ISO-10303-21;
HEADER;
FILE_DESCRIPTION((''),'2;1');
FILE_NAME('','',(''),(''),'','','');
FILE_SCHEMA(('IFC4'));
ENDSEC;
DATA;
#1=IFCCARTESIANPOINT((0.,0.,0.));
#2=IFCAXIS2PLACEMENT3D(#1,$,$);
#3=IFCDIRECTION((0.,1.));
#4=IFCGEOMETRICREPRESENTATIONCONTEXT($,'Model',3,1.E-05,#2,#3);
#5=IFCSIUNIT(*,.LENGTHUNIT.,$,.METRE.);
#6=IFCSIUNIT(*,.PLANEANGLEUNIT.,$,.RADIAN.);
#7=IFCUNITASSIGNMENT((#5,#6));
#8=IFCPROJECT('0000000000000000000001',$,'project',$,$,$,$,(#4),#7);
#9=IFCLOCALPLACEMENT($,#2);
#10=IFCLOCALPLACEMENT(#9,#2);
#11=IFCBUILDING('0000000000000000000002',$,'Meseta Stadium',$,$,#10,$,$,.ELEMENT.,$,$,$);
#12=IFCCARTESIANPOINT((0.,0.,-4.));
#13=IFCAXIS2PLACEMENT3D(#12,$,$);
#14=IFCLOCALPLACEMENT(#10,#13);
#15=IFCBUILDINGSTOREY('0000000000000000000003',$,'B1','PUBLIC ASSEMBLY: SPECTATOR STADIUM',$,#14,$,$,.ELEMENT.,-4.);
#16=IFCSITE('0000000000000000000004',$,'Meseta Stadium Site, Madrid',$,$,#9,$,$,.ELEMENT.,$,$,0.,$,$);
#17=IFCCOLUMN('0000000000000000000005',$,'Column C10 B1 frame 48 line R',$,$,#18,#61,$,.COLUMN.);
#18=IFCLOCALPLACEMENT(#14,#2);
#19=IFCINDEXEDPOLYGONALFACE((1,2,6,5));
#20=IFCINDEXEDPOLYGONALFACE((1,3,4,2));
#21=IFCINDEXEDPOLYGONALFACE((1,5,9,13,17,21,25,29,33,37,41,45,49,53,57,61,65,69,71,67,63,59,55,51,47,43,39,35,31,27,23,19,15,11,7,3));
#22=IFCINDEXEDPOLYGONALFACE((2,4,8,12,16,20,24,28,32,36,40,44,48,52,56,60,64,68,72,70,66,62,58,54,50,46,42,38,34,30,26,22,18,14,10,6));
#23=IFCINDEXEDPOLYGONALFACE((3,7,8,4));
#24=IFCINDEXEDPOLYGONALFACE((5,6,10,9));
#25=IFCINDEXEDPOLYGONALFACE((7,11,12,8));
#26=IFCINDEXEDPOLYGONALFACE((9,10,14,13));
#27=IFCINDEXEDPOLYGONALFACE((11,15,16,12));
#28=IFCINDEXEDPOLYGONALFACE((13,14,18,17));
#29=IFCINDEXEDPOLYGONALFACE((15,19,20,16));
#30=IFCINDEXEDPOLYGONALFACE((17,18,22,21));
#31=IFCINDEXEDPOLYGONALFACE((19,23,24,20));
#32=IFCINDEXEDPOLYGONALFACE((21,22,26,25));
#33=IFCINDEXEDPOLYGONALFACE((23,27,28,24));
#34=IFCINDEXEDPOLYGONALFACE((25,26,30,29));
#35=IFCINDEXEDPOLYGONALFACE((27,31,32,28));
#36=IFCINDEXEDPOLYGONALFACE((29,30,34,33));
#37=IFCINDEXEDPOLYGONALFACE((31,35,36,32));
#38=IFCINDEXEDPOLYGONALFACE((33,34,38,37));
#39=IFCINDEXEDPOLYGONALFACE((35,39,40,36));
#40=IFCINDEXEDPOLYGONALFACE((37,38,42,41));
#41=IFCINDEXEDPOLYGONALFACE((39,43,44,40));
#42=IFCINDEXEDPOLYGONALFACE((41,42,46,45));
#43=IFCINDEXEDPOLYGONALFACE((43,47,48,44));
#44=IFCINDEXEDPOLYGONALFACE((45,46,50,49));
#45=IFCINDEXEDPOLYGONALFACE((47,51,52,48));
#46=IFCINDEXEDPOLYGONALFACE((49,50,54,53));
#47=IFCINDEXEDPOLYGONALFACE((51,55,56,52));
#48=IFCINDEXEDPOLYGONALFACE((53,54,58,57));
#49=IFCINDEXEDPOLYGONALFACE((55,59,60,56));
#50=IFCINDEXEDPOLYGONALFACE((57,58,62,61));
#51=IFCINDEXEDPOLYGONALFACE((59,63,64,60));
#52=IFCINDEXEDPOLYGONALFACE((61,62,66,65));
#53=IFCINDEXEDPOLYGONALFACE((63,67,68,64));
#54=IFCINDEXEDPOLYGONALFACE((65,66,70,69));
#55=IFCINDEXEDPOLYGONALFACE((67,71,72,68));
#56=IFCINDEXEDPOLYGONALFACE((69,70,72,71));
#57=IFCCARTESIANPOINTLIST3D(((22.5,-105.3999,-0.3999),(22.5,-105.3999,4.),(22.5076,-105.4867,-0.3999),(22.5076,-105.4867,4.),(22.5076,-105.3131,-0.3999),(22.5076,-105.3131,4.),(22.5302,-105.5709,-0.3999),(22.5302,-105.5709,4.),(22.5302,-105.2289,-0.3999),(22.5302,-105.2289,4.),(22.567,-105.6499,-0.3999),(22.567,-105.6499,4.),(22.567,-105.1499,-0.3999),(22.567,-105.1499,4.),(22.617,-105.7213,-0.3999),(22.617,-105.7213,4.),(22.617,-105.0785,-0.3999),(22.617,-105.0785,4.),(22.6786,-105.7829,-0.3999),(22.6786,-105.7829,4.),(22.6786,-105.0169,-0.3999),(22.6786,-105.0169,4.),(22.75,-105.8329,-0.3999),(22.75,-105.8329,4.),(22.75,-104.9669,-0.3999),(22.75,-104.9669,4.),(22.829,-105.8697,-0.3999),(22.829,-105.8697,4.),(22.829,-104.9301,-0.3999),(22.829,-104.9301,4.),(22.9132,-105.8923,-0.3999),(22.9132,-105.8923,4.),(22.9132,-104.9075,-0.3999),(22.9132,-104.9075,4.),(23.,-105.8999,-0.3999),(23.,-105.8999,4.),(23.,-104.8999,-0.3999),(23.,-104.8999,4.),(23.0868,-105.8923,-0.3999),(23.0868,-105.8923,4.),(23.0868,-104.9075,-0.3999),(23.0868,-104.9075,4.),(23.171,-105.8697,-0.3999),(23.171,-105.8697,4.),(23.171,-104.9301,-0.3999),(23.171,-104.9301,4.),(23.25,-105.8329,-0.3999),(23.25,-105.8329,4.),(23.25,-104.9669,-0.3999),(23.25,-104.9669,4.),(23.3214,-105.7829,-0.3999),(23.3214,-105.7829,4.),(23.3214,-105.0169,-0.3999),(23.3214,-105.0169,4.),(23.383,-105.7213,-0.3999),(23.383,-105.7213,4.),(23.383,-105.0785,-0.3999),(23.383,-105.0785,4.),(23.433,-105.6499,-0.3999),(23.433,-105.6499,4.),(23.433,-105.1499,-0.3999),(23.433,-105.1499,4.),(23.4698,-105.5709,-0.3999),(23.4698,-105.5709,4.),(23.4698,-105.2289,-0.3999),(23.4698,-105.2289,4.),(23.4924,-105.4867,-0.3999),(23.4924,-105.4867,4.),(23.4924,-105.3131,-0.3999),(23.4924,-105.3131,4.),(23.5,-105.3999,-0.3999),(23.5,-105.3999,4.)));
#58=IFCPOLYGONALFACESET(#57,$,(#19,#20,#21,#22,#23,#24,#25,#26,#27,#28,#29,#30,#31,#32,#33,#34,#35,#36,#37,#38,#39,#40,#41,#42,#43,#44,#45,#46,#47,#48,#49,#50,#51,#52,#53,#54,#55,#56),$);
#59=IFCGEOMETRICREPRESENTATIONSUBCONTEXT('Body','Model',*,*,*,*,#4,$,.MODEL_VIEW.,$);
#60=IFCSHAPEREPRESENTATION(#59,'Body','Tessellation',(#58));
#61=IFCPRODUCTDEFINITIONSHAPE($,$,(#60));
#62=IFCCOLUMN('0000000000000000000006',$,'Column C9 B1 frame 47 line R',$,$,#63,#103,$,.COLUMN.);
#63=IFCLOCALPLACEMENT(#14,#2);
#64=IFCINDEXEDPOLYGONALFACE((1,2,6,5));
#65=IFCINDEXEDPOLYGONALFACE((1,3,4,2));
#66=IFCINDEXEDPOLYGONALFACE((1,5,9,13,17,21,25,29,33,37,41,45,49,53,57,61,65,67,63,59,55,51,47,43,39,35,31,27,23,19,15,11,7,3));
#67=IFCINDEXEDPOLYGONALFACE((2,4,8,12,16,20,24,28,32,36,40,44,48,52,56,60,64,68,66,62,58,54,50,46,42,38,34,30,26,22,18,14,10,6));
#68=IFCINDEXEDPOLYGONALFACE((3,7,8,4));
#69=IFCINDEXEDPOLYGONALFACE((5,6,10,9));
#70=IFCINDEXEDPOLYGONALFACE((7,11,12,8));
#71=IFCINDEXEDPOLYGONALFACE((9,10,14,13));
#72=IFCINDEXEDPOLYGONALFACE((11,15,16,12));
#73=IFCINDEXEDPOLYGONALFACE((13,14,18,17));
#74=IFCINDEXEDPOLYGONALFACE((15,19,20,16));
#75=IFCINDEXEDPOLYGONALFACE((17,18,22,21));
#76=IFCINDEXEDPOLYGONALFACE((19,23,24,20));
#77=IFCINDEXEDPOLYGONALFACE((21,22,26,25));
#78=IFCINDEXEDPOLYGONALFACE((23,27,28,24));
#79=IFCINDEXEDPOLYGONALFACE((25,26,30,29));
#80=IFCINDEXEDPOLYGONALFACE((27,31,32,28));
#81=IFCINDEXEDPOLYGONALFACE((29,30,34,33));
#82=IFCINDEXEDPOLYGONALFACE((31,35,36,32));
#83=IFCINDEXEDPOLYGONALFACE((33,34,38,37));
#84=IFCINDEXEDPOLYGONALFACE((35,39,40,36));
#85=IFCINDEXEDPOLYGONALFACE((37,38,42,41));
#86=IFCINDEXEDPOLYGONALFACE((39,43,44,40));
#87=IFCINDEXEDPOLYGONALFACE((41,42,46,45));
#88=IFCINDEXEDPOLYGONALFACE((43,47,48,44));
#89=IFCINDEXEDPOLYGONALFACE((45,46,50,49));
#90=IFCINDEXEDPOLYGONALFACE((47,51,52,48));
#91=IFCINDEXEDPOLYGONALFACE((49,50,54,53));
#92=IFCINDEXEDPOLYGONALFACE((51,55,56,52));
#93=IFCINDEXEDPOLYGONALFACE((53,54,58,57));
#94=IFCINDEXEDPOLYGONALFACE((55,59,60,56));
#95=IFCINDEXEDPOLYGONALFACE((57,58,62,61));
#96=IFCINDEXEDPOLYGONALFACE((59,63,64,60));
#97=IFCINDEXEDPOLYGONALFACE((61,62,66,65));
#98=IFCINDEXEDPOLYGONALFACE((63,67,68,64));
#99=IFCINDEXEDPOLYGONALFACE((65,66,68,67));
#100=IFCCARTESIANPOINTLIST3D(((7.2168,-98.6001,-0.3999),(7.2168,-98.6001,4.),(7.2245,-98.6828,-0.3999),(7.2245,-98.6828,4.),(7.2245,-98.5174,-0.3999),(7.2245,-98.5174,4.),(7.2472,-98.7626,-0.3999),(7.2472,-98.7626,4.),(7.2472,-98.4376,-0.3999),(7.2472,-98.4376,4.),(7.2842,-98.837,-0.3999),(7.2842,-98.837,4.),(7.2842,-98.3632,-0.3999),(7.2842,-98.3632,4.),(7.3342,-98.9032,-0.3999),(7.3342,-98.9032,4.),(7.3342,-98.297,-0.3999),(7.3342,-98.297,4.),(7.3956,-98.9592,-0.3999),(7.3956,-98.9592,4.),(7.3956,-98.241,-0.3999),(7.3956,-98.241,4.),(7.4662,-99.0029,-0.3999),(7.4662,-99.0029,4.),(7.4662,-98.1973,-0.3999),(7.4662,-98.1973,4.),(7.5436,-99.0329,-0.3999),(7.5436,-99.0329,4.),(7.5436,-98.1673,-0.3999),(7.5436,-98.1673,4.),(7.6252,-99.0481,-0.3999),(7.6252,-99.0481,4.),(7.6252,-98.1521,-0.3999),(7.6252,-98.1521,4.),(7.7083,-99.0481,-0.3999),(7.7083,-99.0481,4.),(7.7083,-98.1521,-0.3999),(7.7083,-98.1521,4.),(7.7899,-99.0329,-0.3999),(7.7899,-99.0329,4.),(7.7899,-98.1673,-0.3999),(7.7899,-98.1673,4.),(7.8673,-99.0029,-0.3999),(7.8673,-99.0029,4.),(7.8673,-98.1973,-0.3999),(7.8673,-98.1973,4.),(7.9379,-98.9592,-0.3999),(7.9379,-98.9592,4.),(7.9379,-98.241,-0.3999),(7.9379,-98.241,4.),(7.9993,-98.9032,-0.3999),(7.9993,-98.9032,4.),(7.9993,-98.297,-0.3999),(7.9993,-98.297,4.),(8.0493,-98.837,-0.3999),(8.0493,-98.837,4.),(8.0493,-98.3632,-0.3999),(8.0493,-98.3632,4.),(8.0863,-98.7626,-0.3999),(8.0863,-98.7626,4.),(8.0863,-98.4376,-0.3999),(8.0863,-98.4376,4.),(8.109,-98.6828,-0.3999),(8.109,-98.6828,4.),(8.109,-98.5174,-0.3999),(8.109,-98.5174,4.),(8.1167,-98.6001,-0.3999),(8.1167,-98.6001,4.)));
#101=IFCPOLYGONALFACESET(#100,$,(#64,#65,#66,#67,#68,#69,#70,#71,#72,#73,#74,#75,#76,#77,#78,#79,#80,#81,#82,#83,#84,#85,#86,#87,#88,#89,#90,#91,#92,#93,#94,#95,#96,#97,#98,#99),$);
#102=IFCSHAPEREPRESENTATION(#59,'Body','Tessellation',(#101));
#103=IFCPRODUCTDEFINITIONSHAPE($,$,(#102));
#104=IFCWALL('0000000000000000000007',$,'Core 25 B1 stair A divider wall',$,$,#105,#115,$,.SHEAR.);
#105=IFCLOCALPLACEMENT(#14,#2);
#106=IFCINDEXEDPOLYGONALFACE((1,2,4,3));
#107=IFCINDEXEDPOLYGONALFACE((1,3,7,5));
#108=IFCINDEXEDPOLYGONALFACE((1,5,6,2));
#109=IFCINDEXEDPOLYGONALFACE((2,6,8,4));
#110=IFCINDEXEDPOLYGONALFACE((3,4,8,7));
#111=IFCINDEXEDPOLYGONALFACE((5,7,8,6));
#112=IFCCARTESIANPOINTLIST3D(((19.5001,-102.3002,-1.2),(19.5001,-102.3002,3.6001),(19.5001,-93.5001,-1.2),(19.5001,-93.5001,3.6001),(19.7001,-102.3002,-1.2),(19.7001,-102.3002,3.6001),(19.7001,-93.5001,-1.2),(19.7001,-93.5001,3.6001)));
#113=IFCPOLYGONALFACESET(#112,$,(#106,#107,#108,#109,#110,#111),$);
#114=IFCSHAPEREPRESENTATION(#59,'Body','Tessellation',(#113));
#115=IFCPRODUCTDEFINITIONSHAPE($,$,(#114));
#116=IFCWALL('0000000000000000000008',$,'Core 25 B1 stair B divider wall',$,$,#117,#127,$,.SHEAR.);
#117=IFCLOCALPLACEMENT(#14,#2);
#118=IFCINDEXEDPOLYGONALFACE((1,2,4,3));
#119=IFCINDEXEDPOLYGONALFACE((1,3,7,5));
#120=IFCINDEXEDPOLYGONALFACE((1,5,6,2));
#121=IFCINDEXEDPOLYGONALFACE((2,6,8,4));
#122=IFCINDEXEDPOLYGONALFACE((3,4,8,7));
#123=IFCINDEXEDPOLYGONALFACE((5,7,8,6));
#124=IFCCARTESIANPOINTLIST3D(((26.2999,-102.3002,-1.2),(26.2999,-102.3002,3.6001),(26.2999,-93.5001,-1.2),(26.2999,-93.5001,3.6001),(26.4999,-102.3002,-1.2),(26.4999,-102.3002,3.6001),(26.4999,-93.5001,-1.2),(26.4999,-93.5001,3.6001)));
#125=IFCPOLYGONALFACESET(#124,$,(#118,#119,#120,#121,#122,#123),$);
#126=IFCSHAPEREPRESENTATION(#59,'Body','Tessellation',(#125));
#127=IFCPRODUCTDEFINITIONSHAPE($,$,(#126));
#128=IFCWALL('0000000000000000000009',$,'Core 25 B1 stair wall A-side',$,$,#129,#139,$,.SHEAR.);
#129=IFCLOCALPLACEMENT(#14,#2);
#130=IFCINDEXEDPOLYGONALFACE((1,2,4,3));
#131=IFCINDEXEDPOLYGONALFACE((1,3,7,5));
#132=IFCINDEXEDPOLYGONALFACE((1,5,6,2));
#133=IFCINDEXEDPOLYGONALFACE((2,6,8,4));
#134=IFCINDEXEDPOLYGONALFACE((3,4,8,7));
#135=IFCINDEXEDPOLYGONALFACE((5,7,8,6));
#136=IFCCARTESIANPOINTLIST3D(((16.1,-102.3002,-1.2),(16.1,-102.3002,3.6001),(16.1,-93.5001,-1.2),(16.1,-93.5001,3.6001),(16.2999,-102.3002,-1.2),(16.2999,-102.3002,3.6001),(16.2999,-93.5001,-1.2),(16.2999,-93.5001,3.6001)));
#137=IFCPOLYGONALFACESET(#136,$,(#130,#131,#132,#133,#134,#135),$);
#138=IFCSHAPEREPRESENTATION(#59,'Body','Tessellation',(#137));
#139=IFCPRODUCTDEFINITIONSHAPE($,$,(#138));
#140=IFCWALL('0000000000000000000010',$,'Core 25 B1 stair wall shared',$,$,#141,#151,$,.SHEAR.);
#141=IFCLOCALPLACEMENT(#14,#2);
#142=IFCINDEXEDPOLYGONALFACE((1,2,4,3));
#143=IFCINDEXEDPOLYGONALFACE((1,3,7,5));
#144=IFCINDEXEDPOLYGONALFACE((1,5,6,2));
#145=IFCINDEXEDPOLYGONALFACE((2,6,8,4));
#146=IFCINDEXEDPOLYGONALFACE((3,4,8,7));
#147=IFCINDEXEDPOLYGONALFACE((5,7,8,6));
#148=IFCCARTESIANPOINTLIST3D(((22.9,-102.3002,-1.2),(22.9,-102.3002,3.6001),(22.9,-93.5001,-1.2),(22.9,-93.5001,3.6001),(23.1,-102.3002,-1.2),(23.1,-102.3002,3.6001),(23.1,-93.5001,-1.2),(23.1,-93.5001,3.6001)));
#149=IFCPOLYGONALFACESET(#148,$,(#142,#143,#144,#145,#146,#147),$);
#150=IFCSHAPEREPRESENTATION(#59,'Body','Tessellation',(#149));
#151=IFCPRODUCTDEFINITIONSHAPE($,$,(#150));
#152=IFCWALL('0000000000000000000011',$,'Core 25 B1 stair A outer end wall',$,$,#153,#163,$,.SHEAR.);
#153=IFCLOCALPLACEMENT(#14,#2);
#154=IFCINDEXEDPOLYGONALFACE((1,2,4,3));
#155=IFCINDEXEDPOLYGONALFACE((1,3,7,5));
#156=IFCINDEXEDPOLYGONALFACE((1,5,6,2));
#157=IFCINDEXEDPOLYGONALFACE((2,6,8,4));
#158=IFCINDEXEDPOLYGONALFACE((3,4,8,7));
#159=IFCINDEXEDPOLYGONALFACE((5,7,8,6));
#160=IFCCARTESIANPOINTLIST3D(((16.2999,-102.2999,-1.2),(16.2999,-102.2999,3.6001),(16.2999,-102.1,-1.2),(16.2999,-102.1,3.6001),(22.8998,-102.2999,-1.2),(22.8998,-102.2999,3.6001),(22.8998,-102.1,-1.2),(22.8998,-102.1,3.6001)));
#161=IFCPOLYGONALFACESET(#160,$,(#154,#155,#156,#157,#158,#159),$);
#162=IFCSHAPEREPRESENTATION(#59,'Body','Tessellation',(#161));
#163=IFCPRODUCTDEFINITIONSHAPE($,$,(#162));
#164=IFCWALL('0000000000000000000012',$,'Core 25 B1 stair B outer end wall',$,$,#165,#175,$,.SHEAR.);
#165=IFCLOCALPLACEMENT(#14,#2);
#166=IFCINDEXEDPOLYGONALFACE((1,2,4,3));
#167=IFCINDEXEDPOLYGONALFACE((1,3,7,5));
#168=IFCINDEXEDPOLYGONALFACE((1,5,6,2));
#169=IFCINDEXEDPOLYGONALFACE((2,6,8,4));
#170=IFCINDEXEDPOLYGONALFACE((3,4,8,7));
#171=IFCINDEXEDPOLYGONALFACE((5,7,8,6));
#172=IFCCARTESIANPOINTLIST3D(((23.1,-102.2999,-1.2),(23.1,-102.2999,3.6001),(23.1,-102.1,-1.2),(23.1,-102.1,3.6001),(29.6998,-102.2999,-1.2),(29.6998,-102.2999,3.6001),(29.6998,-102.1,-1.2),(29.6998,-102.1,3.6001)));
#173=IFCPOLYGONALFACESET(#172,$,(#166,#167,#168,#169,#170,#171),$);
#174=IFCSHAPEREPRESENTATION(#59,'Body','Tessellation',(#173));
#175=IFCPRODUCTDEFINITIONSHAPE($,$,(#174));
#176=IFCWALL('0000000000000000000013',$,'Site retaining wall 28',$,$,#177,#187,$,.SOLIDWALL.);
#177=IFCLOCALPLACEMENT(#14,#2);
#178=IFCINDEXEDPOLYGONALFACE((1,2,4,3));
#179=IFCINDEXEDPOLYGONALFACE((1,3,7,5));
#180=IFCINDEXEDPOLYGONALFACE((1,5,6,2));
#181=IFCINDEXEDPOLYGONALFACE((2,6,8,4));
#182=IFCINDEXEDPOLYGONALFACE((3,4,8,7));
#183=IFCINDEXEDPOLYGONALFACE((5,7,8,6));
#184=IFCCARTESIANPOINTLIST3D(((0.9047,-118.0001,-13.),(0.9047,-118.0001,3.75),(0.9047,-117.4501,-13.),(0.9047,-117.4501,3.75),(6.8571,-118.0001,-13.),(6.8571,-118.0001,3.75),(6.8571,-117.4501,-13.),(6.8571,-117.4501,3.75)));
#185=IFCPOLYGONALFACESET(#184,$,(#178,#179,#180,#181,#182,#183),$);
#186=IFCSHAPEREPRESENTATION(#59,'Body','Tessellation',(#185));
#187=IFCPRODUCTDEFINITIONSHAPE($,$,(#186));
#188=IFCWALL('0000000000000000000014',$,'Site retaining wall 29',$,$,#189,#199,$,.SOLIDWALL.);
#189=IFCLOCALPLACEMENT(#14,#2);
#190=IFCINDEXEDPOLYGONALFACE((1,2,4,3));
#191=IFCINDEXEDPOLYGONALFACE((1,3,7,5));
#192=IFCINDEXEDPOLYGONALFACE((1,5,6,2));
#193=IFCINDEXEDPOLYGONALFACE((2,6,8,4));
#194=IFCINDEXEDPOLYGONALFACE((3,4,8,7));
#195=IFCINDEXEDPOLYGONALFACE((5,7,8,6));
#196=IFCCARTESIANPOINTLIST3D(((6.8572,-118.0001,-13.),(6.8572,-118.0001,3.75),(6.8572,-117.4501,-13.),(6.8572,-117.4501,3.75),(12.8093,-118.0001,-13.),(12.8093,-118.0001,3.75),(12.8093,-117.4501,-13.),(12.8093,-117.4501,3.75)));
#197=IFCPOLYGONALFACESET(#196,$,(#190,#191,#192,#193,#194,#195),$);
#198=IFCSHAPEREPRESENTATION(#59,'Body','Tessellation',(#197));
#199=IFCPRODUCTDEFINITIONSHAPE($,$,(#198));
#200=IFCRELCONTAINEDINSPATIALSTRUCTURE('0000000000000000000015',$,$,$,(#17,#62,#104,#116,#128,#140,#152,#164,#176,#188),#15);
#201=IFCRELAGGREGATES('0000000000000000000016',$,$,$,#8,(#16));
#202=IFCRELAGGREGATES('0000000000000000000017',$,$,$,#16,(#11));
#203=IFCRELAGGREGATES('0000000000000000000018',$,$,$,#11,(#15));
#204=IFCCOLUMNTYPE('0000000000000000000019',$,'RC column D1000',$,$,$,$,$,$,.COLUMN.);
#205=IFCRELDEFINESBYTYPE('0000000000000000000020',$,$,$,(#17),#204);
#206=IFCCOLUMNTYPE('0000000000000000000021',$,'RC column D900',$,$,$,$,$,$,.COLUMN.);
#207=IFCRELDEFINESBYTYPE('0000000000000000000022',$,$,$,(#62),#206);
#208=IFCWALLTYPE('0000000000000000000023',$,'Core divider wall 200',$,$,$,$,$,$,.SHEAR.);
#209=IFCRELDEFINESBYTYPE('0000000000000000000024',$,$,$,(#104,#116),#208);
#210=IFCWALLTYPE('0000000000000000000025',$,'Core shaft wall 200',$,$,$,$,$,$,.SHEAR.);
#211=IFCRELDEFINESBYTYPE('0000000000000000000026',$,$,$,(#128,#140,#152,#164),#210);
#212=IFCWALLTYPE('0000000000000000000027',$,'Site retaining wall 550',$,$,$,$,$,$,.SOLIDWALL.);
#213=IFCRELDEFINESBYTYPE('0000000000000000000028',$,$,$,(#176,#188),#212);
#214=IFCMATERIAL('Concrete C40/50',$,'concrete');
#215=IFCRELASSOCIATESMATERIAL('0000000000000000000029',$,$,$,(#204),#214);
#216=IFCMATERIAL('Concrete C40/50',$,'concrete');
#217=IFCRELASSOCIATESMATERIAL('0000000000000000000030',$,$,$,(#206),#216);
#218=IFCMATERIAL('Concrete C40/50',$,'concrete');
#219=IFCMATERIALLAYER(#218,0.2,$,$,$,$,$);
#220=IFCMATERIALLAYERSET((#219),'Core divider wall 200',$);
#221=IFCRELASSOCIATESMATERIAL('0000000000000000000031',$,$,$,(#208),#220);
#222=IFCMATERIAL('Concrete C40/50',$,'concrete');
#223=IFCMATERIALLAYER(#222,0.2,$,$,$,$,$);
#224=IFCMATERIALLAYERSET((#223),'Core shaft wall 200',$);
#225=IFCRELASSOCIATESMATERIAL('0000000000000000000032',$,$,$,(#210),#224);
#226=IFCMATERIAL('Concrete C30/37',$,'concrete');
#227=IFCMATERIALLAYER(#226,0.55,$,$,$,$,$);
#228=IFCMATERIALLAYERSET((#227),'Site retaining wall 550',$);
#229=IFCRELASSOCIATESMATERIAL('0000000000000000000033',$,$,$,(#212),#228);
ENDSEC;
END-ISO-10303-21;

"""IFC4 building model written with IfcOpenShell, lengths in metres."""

from ifc_helpers import new_model, si_unit, direction, frame, frame_2d, origin, origin_2d, place, context, subcontext, project, spatial, rectangle, circle, extrude, material, layer, layer_set, material_profile, profile_set, type_object, element, save


model = new_model("IFC4")

# Units and contexts
model_context = context("Model", 3, precision=1e-05, world=origin(), true_north=direction((0.0, 1.0)))
body_context = subcontext(model_context, "Body", "Model", "MODEL_VIEW")
ifc_project = project(units=[si_unit("LENGTHUNIT", "METRE"), si_unit("PLANEANGLEUNIT", "RADIAN")], contexts=[model_context])

# Site, building, storey
site_placement = place(None, origin())
site = spatial("IfcSite", under=ifc_project, at=site_placement, Name="Meseta Stadium Site, Madrid", CompositionType="ELEMENT", RefElevation=0.0)
building_placement = place(site_placement, origin())
building = spatial("IfcBuilding", under=site, at=building_placement, Name="Meseta Stadium", CompositionType="ELEMENT")
storey_placement = place(building_placement, frame((0.0, 0.0, -4.0)))
storey = spatial("IfcBuildingStorey", under=building, at=storey_placement, Name="B1", Description="PUBLIC ASSEMBLY: SPECTATOR STADIUM", CompositionType="ELEMENT", Elevation=-4.0)

# Columns
ifc_material_1 = material(Name="Concrete C40/50", Category="concrete")
ifc_material_profile_1 = material_profile(ifc_material_1, circle(Radius=0.5, at=origin_2d()), Name="RC D1000")
ifc_profile_set_1 = profile_set([ifc_material_profile_1], Name="Concrete C40/50")
column_type_1 = type_object("IfcColumnType", Name="RC column D1000", PredefinedType="COLUMN", material=ifc_profile_set_1)
column_1_placement = place(storey_placement, frame((23.0, -105.3999, -0.3999), z_axis=(0.0, 0.0, 1.0), x_axis=(1.0, 0.0, 0.0)))
element("IfcColumn", 1, at=column_1_placement, inside=storey, type_object=column_type_1, Name="Column C10 B1 frame 48 line R", PredefinedType="COLUMN", context=body_context, shape_type="SweptSolid", body=[
    extrude(circle(Radius=0.5, at=origin_2d()), origin(), (0.0, 0.0, 1.0), 4.3999),
])
ifc_material_2 = material(Name="Concrete C40/50", Category="concrete")
ifc_material_profile_2 = material_profile(ifc_material_2, circle(Radius=0.45, at=origin_2d()), Name="RC D900")
ifc_profile_set_2 = profile_set([ifc_material_profile_2], Name="Concrete C40/50")
column_type_2 = type_object("IfcColumnType", Name="RC column D900", PredefinedType="COLUMN", material=ifc_profile_set_2)
column_2_placement = place(storey_placement, frame((7.6667, -98.6001, -0.3999), z_axis=(0.0, 0.0, 1.0), x_axis=(1.0, 0.0, 0.0)))
element("IfcColumn", 2, at=column_2_placement, inside=storey, type_object=column_type_2, Name="Column C9 B1 frame 47 line R", PredefinedType="COLUMN", context=body_context, shape_type="SweptSolid", body=[
    extrude(circle(Radius=0.45, at=origin_2d()), origin(), (0.0, 0.0, 1.0), 4.3999),
])

# Walls
ifc_material_3 = material(Name="Concrete C40/50", Category="concrete")
ifc_layer_1 = layer(ifc_material_3, 0.2)
ifc_layer_set_1 = layer_set([ifc_layer_1], Name="Core divider wall 200")
wall_type_1 = type_object("IfcWallType", Name="Core divider wall 200", PredefinedType="SHEAR", material=ifc_layer_set_1)
for number, where, z_axis, x_axis, name in (
    (3, (19.6001, -102.3, -1.2), (0.0, 0.0, 1.0), (0.0, 1.0, 0.0), "Core 25 B1 stair A divider wall"),
    (4, (26.3999, -102.3, -1.2), (0.0, 0.0, 1.0), (0.0, 1.0, 0.0), "Core 25 B1 stair B divider wall"),
):
    element("IfcWall", number, at=place(storey_placement, frame(where, z_axis=z_axis, x_axis=x_axis)), inside=storey, type_object=wall_type_1, Name=name, PredefinedType="SHEAR", context=body_context, shape_type="SweptSolid", body=[
        extrude(rectangle(XDim=8.8, YDim=0.2, at=frame_2d((4.3999, 0.0))), origin(), (0.0, 0.0, 1.0), 4.8),
    ])
ifc_material_4 = material(Name="Concrete C40/50", Category="concrete")
ifc_layer_2 = layer(ifc_material_4, 0.2)
ifc_layer_set_2 = layer_set([ifc_layer_2], Name="Core shaft wall 200")
wall_type_2 = type_object("IfcWallType", Name="Core shaft wall 200", PredefinedType="SHEAR", material=ifc_layer_set_2)
for number, where, z_axis, x_axis, name in (
    (5, (16.2, -102.3, -1.2), (0.0, 0.0, 1.0), (0.0, 1.0, 0.0), "Core 25 B1 stair wall A-side"),
    (6, (23.0, -102.3, -1.2), (0.0, 0.0, 1.0), (0.0, 1.0, 0.0), "Core 25 B1 stair wall shared"),
):
    element("IfcWall", number, at=place(storey_placement, frame(where, z_axis=z_axis, x_axis=x_axis)), inside=storey, type_object=wall_type_2, Name=name, PredefinedType="SHEAR", context=body_context, shape_type="SweptSolid", body=[
        extrude(rectangle(XDim=8.8, YDim=0.2, at=frame_2d((4.3999, 0.0))), origin(), (0.0, 0.0, 1.0), 4.8),
    ])
for number, where, z_axis, x_axis, name in (
    (7, (16.3, -102.2, -1.2), (0.0, 0.0, 1.0), (1.0, 0.0, 0.0), "Core 25 B1 stair A outer end wall"),
    (8, (23.1001, -102.2, -1.2), (0.0, 0.0, 1.0), (1.0, 0.0, 0.0), "Core 25 B1 stair B outer end wall"),
):
    element("IfcWall", number, at=place(storey_placement, frame(where, z_axis=z_axis, x_axis=x_axis)), inside=storey, type_object=wall_type_2, Name=name, PredefinedType="SHEAR", context=body_context, shape_type="SweptSolid", body=[
        extrude(rectangle(XDim=6.5999, YDim=0.2, at=frame_2d((3.2998, 0.0))), origin(), (0.0, 0.0, 1.0), 4.8),
    ])
ifc_material_5 = material(Name="Concrete C30/37", Category="concrete")
ifc_layer_3 = layer(ifc_material_5, 0.55)
ifc_layer_set_3 = layer_set([ifc_layer_3], Name="Site retaining wall 550")
wall_type_3 = type_object("IfcWallType", Name="Site retaining wall 550", PredefinedType="SOLIDWALL", material=ifc_layer_set_3)
wall_1_placement = place(storey_placement, frame((0.9048, -117.7251, -13.0), z_axis=(0.0, 0.0, 1.0), x_axis=(1.0, 0.0, 0.0)))
element("IfcWall", 9, at=wall_1_placement, inside=storey, type_object=wall_type_3, Name="Site retaining wall 28", PredefinedType="SOLIDWALL", context=body_context, shape_type="SweptSolid", body=[
    extrude(rectangle(XDim=5.9524, YDim=0.55, at=frame_2d((2.9761, 0.0))), origin(), (0.0, 0.0, 1.0), 16.75),
])
wall_2_placement = place(storey_placement, frame((6.8572, -117.7251, -13.0), z_axis=(0.0, 0.0, 1.0), x_axis=(1.0, 0.0, 0.0)))
element("IfcWall", 10, at=wall_2_placement, inside=storey, type_object=wall_type_3, Name="Site retaining wall 29", PredefinedType="SOLIDWALL", context=body_context, shape_type="SweptSolid", body=[
    extrude(rectangle(XDim=5.9521, YDim=0.55, at=frame_2d((2.9761, 0.0))), origin(), (0.0, 0.0, 1.0), 16.75),
])

save(model, "model.ifc")
